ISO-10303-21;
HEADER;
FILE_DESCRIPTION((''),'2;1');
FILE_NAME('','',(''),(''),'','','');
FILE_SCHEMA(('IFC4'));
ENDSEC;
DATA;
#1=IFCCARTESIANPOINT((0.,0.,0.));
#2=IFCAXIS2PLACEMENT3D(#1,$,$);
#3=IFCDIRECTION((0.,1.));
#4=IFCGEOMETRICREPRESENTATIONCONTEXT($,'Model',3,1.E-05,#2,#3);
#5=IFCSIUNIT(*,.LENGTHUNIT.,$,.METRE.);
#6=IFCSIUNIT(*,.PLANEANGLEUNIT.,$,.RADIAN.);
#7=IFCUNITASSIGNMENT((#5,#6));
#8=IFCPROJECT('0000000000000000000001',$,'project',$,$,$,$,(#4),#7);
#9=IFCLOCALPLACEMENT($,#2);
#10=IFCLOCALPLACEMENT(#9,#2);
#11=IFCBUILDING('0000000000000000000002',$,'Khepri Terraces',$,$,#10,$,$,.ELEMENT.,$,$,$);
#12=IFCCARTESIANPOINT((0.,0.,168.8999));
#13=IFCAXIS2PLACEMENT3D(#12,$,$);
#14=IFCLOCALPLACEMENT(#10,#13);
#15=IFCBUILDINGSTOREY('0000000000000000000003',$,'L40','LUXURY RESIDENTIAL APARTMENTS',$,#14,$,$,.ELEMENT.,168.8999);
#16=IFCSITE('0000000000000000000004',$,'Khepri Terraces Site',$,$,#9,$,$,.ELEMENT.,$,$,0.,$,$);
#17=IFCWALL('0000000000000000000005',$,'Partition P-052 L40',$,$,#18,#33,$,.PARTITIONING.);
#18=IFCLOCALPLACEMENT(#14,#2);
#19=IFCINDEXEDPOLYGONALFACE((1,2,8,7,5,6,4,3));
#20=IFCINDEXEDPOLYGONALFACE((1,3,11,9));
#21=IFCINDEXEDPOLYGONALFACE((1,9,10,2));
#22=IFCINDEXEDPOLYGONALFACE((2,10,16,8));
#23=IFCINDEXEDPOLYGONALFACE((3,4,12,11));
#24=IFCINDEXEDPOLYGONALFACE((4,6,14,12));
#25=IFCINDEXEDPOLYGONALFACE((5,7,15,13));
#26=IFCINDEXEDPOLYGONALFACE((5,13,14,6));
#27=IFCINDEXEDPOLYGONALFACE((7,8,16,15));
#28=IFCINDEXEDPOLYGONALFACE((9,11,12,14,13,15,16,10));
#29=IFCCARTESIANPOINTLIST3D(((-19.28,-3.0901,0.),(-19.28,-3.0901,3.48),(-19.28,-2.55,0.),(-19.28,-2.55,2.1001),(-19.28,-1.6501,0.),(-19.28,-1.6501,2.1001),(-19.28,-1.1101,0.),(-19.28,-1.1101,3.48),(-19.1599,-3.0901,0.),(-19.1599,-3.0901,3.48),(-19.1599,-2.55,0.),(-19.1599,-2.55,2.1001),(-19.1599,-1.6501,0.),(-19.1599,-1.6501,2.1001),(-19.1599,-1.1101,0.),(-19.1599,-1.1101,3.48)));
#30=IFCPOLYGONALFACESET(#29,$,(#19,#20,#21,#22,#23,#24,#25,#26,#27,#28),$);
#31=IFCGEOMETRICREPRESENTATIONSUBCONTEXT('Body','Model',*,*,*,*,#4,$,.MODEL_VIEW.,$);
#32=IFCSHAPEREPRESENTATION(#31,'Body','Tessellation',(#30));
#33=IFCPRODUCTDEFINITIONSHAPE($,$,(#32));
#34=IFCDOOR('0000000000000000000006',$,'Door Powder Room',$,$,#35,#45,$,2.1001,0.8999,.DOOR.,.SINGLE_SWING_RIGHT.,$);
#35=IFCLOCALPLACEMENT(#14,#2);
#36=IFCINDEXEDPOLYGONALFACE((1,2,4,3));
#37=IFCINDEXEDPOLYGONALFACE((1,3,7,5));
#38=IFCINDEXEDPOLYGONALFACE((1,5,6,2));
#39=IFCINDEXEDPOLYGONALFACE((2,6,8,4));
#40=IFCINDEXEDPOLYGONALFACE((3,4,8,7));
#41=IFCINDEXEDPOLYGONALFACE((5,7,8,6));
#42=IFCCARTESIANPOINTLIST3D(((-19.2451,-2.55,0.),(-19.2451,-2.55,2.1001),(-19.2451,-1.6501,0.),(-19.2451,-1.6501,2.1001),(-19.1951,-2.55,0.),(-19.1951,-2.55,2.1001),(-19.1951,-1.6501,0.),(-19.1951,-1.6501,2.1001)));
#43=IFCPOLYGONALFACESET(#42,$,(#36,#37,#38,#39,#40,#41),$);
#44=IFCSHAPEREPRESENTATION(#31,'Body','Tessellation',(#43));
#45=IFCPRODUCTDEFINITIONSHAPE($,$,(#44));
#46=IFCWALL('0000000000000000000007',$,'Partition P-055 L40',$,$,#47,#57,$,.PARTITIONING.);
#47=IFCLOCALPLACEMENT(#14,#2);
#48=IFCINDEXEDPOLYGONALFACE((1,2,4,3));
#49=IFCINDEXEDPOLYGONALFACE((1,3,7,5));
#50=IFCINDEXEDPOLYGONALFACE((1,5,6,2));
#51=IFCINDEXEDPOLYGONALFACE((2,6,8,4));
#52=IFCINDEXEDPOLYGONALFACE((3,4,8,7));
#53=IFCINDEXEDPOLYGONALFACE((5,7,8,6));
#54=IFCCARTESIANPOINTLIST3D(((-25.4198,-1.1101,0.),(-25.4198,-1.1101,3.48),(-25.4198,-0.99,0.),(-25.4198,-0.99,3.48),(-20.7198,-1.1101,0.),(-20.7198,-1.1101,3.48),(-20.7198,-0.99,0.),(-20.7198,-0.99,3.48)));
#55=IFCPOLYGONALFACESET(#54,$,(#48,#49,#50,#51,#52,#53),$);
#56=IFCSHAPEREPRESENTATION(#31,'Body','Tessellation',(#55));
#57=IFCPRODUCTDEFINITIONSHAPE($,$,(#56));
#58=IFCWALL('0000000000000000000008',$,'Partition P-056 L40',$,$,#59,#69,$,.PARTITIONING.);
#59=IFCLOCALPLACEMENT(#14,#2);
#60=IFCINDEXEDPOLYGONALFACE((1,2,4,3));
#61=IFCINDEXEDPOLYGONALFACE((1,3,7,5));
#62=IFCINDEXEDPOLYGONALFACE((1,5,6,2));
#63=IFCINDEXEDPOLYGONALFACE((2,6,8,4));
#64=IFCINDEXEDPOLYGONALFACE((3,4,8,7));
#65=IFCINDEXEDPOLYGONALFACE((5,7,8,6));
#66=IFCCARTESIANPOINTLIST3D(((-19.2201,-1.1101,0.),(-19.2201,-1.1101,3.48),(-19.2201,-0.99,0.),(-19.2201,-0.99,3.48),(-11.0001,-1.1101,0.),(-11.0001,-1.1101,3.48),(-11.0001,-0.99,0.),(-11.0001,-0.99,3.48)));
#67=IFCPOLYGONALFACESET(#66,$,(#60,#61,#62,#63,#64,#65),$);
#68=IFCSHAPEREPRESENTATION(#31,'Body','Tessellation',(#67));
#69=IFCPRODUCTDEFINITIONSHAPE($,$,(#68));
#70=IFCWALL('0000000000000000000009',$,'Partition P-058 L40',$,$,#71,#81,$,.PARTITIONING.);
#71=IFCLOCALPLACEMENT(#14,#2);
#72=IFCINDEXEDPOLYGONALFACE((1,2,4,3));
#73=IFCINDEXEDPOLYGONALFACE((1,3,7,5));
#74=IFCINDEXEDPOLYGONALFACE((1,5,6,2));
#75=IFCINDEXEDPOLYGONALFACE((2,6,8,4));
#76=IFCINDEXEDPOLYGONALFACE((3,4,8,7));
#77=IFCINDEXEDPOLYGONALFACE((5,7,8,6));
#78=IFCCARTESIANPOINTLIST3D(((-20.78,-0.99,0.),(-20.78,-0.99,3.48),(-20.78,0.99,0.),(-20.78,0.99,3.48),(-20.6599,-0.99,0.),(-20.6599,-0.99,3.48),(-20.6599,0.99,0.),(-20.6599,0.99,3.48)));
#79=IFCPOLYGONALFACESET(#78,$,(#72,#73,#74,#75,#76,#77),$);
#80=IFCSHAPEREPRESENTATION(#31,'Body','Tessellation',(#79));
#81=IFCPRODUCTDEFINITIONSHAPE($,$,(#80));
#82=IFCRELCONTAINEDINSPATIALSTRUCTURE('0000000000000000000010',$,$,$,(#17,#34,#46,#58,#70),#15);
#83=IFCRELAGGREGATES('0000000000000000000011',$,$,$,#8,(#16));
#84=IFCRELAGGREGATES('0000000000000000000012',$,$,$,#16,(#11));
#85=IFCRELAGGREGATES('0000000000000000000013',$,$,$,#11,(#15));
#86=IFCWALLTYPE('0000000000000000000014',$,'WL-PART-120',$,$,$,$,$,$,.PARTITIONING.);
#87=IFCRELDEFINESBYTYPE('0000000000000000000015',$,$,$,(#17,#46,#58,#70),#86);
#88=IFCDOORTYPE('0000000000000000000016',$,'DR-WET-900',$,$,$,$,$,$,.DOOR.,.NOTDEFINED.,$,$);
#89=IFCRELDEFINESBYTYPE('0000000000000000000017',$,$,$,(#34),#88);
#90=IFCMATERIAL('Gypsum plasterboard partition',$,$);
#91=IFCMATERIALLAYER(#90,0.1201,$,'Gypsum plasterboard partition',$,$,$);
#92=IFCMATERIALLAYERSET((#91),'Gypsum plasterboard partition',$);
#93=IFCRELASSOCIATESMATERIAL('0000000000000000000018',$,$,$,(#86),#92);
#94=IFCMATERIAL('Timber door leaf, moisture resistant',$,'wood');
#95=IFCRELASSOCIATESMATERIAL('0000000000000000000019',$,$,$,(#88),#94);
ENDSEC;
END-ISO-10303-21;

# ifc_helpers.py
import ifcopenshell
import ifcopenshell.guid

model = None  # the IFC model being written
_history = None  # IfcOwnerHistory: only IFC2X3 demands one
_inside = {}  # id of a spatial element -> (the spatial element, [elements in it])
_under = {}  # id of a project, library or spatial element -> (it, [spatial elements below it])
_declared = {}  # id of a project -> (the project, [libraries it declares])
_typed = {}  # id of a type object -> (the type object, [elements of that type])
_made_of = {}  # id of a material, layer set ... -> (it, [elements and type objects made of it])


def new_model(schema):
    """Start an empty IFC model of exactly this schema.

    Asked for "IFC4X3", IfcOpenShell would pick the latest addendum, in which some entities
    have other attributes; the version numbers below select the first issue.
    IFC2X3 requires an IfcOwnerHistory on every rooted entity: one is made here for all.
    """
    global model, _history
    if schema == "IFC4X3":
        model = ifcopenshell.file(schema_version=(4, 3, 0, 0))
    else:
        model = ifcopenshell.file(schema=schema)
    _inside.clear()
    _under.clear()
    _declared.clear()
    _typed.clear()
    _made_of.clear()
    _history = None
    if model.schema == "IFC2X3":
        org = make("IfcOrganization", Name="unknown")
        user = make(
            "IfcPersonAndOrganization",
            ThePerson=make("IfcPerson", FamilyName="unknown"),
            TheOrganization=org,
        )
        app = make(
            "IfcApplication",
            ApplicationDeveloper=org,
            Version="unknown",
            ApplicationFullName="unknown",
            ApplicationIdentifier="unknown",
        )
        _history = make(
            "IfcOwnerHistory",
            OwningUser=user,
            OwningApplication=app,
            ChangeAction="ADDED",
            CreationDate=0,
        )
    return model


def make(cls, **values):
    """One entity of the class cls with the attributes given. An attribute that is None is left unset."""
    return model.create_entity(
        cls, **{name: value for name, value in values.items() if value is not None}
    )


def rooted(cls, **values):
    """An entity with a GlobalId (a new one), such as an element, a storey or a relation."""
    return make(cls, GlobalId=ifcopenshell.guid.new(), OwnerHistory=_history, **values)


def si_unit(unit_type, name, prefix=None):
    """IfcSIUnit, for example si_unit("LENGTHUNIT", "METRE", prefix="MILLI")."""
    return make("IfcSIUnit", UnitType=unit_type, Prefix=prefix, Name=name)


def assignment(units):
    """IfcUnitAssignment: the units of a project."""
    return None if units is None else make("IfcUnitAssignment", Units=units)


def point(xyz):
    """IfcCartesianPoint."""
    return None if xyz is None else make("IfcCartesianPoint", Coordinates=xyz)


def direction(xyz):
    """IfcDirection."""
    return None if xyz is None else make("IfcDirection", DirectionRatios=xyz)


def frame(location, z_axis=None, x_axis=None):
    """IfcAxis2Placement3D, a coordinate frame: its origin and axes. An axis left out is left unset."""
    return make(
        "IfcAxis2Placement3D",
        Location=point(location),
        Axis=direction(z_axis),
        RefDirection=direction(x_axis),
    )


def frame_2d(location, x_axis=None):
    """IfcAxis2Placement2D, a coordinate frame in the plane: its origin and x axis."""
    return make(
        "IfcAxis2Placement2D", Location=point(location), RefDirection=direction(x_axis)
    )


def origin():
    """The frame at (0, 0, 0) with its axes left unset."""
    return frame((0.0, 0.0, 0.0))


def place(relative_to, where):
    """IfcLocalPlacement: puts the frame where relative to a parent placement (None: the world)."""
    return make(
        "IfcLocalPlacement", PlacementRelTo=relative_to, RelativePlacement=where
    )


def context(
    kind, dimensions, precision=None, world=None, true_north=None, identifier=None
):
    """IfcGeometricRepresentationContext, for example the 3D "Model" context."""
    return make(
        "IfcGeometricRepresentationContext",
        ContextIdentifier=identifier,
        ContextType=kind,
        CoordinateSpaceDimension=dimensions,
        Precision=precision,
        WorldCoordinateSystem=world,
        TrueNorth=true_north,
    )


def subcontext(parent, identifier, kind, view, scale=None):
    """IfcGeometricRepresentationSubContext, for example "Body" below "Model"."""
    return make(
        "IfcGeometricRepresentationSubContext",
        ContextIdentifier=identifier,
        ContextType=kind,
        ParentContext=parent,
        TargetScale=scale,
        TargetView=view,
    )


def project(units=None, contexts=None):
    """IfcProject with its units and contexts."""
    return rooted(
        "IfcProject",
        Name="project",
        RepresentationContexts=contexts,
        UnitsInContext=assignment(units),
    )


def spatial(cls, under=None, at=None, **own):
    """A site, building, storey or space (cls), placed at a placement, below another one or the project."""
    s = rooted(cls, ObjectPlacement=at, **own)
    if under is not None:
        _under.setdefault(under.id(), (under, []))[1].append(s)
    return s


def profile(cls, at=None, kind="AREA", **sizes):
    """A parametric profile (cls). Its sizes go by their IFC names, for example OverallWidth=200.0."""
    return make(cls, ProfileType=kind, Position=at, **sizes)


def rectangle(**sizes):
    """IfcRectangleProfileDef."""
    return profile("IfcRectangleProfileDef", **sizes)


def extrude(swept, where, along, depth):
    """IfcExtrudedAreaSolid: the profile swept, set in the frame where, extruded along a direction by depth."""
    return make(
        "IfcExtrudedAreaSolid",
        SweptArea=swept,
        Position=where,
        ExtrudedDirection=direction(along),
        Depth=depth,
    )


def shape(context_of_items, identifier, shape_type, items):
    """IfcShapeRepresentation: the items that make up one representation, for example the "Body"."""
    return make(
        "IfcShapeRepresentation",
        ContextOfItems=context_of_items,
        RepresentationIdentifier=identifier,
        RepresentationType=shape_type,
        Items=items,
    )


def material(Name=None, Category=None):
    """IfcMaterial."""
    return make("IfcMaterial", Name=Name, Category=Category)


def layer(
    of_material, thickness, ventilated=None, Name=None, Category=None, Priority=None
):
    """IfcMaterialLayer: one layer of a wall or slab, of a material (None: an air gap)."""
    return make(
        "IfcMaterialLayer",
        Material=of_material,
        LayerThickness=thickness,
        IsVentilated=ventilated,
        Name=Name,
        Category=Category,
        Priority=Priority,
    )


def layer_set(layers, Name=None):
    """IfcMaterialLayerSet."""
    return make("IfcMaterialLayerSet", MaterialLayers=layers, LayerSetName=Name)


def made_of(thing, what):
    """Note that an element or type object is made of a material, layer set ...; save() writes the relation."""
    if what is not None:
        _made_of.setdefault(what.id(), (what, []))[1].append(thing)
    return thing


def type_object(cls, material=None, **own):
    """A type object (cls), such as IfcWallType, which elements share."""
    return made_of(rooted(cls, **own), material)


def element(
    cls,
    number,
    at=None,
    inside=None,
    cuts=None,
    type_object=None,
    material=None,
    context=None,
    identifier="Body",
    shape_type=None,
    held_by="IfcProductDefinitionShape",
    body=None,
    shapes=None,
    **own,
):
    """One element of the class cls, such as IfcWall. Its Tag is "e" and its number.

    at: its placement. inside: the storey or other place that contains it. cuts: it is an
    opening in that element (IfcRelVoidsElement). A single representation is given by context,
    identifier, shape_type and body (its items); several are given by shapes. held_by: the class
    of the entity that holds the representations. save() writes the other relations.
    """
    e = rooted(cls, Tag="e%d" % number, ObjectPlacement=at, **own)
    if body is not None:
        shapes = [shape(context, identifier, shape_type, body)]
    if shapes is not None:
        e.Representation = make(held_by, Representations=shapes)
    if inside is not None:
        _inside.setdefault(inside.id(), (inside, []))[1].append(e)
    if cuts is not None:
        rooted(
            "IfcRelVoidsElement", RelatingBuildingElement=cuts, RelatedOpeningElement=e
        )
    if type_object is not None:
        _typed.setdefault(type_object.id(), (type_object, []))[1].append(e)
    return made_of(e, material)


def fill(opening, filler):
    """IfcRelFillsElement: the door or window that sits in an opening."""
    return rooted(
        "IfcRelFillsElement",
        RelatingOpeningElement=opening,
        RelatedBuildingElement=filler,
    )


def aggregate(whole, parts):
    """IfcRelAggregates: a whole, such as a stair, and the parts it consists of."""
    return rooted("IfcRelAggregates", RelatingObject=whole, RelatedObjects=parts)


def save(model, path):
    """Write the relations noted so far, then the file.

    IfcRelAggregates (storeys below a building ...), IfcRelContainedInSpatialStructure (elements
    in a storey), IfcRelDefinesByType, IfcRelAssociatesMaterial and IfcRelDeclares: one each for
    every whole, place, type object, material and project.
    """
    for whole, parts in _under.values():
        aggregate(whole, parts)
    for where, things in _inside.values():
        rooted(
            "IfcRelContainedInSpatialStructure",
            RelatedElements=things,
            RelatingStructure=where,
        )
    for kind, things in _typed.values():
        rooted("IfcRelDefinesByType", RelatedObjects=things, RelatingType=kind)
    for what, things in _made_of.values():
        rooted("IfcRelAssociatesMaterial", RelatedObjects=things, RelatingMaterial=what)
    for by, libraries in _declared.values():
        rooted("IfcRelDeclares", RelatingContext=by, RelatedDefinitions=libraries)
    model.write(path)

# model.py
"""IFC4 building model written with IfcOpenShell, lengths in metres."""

from ifc_helpers import new_model, si_unit, direction, frame, frame_2d, origin, place, context, subcontext, project, spatial, rectangle, extrude, material, layer, layer_set, type_object, element, fill, save


model = new_model("IFC4")

# Units and contexts
model_context = context("Model", 3, precision=1e-05, world=origin(), true_north=direction((0.0, 1.0)))
body_context = subcontext(model_context, "Body", "Model", "MODEL_VIEW")
ifc_project = project(units=[si_unit("LENGTHUNIT", "METRE"), si_unit("PLANEANGLEUNIT", "RADIAN")], contexts=[model_context])

# Site, building, storey
site_placement = place(None, origin())
site = spatial("IfcSite", under=ifc_project, at=site_placement, Name="Khepri Terraces Site", CompositionType="ELEMENT", RefElevation=0.0)
building_placement = place(site_placement, origin())
building = spatial("IfcBuilding", under=site, at=building_placement, Name="Khepri Terraces", CompositionType="ELEMENT")
storey_placement = place(building_placement, frame((0.0, 0.0, 168.8999)))
storey = spatial("IfcBuildingStorey", under=building, at=storey_placement, Name="L40", Description="LUXURY RESIDENTIAL APARTMENTS", CompositionType="ELEMENT", Elevation=168.8999)

# Shared definitions
ifc_material_1 = material(Name="Gypsum plasterboard partition")
ifc_layer_1 = layer(ifc_material_1, 0.1201, Name="Gypsum plasterboard partition")
ifc_layer_set_1 = layer_set([ifc_layer_1], Name="Gypsum plasterboard partition")
wall_type_1 = type_object("IfcWallType", Name="WL-PART-120", PredefinedType="PARTITIONING", material=ifc_layer_set_1)

# Shared definitions
ifc_material_2 = material(Name="Timber door leaf, moisture resistant", Category="wood")
door_type_1 = type_object("IfcDoorType", Name="DR-WET-900", OperationType="NOTDEFINED", PredefinedType="DOOR", material=ifc_material_2)

# Wall, opening, door
wall_1_placement = place(storey_placement, frame((-19.22, -3.0901, 0.0), z_axis=(0.0, 0.0, 1.0), x_axis=(0.0, 1.0, 0.0)))
wall_1 = element("IfcWall", 1, at=wall_1_placement, inside=storey, type_object=wall_type_1, Name="Partition P-052 L40", PredefinedType="PARTITIONING", context=body_context, shape_type="SweptSolid", body=[
    extrude(rectangle(XDim=1.98, YDim=0.1201, at=frame_2d((0.99, 0.0))), origin(), (0.0, 0.0, 1.0), 3.48),
])
opening_1_placement = place(wall_1_placement, frame((0.54, 0.0, 0.0)))
opening_1 = element("IfcOpeningElement", 2, at=opening_1_placement, cuts=wall_1, PredefinedType="OPENING", context=body_context, shape_type="SweptSolid", body=[
    extrude(rectangle(XDim=0.8999, YDim=2.1001, at=frame_2d((0.45, 1.05))), frame((0.0, 0.0701, 0.0), z_axis=(0.0, -1.0, 0.0), x_axis=(1.0, 0.0, 0.0)), (0.0, 0.0, 1.0), 0.1401),
])
door_1_placement = place(opening_1_placement, frame((0.8999, 0.0, 0.0), z_axis=(0.0, 0.0, 1.0), x_axis=(-1.0, 0.0, 0.0)))
door_1 = element("IfcDoor", 3, at=door_1_placement, inside=storey, type_object=door_type_1, Name="Door Powder Room", OperationType="SINGLE_SWING_RIGHT", OverallHeight=2.1001, OverallWidth=0.8999, PredefinedType="DOOR", context=body_context, shape_type="SweptSolid", body=[
    extrude(rectangle(XDim=0.8999, YDim=2.1001, at=frame_2d((0.45, 1.05))), frame((0.0, 0.0249, 0.0), z_axis=(0.0, -1.0, 0.0), x_axis=(1.0, 0.0, 0.0)), (0.0, 0.0, 1.0), 0.05),
])
fill(opening_1, door_1)

# Walls
wall_2_placement = place(storey_placement, frame((-25.4199, -1.05, 0.0), z_axis=(0.0, 0.0, 1.0), x_axis=(1.0, 0.0, 0.0)))
element("IfcWall", 4, at=wall_2_placement, inside=storey, type_object=wall_type_1, Name="Partition P-055 L40", PredefinedType="PARTITIONING", context=body_context, shape_type="SweptSolid", body=[
    extrude(rectangle(XDim=4.7, YDim=0.1201, at=frame_2d((2.3501, 0.0))), origin(), (0.0, 0.0, 1.0), 3.48),
])
wall_3_placement = place(storey_placement, frame((-19.22, -1.05, 0.0), z_axis=(0.0, 0.0, 1.0), x_axis=(1.0, 0.0, 0.0)))
element("IfcWall", 5, at=wall_3_placement, inside=storey, type_object=wall_type_1, Name="Partition P-056 L40", PredefinedType="PARTITIONING", context=body_context, shape_type="SweptSolid", body=[
    extrude(rectangle(XDim=8.22, YDim=0.1201, at=frame_2d((4.1099, 0.0))), origin(), (0.0, 0.0, 1.0), 3.48),
])
wall_4_placement = place(storey_placement, frame((-20.72, -0.99, 0.0), z_axis=(0.0, 0.0, 1.0), x_axis=(0.0, 1.0, 0.0)))
element("IfcWall", 6, at=wall_4_placement, inside=storey, type_object=wall_type_1, Name="Partition P-058 L40", PredefinedType="PARTITIONING", context=body_context, shape_type="SweptSolid", body=[
    extrude(rectangle(XDim=1.98, YDim=0.1201, at=frame_2d((0.99, 0.0))), origin(), (0.0, 0.0, 1.0), 3.48),
])

save(model, "model.ifc")
